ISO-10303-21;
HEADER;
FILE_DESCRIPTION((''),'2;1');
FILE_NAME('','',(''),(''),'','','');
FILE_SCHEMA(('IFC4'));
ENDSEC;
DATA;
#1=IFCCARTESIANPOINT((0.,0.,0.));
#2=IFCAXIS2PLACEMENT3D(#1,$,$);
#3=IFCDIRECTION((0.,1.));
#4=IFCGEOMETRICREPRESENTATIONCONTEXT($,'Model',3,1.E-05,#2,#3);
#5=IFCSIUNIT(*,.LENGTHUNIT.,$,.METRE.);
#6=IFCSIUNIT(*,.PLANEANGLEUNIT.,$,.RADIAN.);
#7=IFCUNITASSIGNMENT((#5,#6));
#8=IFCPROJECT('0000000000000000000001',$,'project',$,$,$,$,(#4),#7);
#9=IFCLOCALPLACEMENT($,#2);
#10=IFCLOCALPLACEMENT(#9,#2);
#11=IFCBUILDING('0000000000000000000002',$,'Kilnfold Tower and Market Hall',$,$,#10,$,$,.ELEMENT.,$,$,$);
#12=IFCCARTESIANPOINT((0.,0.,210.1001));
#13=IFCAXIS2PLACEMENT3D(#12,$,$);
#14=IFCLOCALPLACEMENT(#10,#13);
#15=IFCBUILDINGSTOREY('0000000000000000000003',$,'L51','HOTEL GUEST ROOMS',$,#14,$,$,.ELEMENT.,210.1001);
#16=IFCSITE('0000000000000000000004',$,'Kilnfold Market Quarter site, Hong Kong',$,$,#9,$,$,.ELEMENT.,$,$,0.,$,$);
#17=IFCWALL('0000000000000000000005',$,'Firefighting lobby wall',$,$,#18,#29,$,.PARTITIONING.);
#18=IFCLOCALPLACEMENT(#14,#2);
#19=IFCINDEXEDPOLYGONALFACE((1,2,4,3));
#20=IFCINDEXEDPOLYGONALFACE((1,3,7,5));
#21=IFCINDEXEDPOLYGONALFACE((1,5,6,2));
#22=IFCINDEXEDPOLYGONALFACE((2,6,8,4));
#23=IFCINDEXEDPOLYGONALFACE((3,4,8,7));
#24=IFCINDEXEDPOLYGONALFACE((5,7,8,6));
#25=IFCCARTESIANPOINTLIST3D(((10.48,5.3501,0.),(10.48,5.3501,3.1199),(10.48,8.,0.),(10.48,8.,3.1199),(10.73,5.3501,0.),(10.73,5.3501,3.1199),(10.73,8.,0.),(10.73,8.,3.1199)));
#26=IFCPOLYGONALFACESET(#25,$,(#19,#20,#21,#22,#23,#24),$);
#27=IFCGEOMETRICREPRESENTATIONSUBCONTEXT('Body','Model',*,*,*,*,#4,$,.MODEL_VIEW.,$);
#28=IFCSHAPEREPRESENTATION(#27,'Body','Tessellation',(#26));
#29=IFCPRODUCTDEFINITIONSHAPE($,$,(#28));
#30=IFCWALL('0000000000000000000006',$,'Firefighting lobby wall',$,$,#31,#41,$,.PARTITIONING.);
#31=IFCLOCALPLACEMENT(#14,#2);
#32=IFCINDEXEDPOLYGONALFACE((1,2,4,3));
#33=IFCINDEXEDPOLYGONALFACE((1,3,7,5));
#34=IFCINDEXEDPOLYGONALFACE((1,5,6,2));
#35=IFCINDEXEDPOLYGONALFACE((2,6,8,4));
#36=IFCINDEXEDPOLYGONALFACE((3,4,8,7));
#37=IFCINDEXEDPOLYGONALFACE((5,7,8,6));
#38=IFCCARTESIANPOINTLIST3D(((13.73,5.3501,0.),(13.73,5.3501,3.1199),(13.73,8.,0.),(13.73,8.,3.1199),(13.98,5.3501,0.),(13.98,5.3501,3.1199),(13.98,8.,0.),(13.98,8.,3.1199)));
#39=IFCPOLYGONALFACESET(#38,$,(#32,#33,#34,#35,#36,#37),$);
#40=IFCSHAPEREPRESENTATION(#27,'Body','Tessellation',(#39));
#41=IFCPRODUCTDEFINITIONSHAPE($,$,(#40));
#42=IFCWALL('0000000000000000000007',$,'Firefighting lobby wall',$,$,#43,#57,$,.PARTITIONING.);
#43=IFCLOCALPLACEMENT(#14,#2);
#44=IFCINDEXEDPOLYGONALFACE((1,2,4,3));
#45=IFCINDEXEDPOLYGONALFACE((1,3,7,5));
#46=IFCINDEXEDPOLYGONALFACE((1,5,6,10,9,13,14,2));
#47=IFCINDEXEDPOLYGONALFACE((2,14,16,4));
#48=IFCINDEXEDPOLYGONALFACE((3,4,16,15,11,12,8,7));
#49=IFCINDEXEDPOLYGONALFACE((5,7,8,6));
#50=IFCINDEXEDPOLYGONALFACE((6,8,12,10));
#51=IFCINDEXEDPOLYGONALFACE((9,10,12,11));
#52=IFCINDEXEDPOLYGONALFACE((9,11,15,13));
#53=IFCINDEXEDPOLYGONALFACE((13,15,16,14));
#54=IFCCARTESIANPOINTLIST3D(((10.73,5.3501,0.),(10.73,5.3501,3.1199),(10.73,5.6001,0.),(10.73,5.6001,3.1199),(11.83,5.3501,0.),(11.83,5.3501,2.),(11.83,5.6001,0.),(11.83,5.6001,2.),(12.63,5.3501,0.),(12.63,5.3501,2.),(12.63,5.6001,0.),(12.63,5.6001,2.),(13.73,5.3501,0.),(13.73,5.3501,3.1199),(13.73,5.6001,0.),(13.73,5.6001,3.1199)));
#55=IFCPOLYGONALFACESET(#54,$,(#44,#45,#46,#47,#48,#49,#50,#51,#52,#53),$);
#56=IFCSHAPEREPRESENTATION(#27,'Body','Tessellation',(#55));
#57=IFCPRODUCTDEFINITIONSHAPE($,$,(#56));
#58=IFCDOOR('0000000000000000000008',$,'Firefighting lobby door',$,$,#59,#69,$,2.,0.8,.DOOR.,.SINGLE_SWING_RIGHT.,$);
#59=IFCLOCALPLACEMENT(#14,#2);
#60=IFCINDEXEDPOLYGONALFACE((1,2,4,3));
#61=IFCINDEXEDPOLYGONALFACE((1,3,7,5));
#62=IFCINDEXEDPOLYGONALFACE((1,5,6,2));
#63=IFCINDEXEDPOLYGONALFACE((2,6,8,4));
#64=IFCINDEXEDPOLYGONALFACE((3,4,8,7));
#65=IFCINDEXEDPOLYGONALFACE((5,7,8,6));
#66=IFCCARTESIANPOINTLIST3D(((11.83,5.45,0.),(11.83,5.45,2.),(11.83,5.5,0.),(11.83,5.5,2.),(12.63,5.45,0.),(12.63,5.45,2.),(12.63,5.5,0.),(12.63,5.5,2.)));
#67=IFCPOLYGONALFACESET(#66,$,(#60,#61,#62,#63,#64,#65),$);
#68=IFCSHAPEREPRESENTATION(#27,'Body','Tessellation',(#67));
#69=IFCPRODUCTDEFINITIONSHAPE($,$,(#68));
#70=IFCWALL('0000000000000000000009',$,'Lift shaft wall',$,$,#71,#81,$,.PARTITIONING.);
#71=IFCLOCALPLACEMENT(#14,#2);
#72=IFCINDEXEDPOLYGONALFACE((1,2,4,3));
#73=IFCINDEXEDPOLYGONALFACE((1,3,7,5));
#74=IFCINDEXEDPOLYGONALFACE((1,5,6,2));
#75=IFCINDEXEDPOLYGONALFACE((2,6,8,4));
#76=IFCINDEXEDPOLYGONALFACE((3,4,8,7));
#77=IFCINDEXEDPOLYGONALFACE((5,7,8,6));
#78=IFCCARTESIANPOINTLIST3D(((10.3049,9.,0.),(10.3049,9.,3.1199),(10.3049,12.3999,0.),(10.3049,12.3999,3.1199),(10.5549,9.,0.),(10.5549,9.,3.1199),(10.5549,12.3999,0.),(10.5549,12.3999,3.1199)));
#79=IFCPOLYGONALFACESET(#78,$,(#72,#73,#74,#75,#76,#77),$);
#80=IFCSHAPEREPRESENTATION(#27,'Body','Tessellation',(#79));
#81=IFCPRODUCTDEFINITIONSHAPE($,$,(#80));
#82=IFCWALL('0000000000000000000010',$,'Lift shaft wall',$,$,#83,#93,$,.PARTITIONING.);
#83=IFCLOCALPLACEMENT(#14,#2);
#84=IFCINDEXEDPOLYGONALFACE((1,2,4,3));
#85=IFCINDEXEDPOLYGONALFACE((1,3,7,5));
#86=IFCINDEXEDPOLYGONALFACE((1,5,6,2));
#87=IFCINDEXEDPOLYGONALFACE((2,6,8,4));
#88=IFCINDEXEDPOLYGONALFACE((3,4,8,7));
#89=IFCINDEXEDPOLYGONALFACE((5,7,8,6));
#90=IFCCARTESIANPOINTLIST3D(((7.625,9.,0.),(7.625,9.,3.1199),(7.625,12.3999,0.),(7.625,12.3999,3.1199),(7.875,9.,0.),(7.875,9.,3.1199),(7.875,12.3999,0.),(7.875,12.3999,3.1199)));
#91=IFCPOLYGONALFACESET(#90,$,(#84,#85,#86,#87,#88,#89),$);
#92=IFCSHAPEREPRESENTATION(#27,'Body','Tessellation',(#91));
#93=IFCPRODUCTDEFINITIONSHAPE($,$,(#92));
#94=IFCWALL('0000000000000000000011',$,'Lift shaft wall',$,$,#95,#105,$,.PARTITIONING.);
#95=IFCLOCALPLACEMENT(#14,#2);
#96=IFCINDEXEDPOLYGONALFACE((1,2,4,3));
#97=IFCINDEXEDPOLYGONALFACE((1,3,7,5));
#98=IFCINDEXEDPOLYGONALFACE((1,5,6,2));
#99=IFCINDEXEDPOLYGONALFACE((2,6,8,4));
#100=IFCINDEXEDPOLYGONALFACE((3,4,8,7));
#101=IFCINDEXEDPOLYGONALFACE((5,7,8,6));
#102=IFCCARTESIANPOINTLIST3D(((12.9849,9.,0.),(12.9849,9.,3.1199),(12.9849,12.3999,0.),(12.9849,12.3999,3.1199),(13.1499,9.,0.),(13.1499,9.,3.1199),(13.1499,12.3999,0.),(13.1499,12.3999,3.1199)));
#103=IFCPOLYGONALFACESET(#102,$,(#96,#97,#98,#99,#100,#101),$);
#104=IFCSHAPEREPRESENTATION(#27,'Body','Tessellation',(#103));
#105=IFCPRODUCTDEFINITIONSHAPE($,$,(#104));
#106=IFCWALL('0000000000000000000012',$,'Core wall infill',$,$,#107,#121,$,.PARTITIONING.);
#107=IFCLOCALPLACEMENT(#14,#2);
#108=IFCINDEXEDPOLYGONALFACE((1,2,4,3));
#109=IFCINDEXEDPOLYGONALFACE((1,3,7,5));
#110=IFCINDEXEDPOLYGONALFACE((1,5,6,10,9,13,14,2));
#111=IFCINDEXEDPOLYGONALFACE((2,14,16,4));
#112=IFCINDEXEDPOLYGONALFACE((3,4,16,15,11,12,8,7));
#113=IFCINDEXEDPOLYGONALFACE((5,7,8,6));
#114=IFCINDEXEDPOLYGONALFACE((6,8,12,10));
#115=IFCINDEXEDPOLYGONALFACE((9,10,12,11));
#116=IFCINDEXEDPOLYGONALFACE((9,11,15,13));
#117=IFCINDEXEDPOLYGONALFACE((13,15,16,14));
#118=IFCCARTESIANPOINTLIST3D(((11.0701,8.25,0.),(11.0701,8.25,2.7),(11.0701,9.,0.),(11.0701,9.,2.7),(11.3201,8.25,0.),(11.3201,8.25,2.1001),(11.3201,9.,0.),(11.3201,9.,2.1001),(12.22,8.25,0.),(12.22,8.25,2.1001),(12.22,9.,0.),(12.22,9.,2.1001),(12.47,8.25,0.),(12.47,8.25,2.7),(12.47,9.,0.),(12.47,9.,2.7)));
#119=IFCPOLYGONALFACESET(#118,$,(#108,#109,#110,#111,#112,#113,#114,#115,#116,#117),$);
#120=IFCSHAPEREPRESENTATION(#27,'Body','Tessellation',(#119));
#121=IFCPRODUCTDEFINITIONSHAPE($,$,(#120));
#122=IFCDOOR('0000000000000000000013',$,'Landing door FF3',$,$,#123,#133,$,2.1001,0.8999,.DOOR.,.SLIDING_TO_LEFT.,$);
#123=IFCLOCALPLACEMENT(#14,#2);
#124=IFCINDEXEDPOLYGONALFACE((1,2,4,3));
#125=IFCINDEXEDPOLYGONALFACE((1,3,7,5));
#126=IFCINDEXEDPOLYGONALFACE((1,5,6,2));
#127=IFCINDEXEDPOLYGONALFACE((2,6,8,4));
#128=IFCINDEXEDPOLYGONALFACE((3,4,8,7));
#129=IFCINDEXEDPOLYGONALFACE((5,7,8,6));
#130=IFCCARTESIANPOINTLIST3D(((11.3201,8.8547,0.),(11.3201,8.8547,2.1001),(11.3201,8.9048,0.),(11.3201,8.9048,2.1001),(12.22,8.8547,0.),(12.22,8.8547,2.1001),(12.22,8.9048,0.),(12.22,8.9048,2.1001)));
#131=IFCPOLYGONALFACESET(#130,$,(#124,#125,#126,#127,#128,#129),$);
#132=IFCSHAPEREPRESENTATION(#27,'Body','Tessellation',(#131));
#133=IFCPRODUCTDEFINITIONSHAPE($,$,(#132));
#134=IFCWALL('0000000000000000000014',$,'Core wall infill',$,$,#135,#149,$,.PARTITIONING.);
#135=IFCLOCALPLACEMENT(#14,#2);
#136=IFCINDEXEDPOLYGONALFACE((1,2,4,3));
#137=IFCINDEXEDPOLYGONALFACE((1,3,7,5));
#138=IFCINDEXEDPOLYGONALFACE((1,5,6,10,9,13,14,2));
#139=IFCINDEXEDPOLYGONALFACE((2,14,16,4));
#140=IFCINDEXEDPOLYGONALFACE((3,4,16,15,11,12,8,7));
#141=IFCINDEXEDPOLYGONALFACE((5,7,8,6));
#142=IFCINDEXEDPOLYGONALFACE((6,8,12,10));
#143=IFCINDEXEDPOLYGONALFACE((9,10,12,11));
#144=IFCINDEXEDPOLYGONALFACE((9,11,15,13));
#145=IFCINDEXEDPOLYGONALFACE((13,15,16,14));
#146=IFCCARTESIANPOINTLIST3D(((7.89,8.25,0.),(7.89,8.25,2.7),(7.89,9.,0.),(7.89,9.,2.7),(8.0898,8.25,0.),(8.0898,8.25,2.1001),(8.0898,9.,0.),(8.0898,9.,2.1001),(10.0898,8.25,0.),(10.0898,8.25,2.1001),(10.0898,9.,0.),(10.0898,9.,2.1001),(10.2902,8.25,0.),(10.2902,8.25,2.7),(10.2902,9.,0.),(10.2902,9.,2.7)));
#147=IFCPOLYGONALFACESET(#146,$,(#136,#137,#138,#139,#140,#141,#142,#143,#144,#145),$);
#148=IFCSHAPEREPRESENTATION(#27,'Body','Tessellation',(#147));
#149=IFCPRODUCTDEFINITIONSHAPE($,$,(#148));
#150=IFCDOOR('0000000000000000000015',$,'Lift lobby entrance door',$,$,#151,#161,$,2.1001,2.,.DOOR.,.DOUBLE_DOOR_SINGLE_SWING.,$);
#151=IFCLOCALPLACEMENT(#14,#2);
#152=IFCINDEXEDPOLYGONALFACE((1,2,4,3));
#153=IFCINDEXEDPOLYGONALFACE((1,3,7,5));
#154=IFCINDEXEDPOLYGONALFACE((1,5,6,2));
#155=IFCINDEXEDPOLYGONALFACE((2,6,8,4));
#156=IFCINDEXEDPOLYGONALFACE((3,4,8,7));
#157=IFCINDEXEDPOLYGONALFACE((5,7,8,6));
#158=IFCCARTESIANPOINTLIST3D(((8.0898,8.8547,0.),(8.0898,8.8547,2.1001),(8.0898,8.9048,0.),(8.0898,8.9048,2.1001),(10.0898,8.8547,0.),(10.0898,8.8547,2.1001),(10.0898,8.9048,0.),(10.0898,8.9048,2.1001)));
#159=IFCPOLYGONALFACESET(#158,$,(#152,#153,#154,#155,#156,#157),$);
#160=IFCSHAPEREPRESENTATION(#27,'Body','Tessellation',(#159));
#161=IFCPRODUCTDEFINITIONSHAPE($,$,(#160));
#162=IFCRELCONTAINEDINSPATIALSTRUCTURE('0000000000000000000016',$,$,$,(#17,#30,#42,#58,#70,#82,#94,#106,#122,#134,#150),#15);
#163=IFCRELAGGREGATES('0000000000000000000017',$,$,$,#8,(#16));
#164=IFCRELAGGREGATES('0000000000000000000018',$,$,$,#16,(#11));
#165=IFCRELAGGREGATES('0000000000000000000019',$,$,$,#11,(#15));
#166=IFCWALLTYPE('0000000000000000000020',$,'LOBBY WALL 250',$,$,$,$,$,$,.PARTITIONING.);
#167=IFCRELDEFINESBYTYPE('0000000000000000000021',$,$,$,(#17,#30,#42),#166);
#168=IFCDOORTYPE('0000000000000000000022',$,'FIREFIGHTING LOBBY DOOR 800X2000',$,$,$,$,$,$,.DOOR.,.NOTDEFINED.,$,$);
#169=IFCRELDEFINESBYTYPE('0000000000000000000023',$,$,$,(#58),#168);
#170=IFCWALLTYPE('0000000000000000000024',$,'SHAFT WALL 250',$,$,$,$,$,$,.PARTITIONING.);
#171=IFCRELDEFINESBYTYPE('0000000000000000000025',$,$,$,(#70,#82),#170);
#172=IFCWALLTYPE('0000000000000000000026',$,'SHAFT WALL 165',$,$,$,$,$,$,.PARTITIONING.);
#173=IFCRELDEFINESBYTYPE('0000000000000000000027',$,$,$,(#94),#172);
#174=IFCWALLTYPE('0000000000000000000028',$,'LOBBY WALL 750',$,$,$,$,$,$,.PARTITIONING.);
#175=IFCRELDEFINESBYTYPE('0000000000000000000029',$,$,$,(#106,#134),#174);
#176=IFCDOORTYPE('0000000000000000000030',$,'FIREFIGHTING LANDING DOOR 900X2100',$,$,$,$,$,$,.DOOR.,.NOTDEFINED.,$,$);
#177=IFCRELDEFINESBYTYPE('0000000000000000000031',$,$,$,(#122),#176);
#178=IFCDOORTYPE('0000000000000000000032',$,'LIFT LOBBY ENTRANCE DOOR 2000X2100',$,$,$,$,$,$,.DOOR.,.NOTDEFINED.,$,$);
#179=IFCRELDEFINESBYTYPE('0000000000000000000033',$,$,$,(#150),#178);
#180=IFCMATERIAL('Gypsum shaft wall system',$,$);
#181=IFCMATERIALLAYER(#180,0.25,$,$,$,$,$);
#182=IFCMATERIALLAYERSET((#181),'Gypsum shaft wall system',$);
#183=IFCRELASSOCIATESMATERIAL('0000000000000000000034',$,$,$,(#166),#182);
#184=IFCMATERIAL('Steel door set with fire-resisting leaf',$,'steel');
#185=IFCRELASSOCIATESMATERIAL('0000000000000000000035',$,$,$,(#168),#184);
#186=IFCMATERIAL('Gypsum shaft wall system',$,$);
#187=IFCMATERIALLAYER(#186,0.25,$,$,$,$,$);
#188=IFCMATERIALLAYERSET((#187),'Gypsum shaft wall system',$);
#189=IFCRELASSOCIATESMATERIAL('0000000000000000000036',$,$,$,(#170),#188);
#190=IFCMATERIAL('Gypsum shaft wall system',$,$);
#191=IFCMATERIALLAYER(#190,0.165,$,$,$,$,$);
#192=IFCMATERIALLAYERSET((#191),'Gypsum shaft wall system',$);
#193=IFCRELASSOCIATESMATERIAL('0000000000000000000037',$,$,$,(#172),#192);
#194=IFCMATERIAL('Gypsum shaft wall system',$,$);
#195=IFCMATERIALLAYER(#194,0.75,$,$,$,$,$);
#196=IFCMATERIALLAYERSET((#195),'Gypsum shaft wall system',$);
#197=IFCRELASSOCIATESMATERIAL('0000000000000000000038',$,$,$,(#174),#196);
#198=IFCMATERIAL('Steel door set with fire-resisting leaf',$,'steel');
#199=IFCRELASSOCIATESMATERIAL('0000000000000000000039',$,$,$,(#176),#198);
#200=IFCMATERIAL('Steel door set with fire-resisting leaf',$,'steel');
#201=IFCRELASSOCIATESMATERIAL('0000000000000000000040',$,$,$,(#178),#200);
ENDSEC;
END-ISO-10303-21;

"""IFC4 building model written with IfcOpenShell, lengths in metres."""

from ifc_helpers import new_model, si_unit, direction, frame, frame_2d, origin, place, context, subcontext, project, spatial, rectangle, extrude, source, transform, mapped, material, layer, layer_set, type_object, element, fill, save


model = new_model("IFC4")

# Units and contexts
model_context = context("Model", 3, precision=1e-05, world=origin(), true_north=direction((0.0, 1.0)))
body_context = subcontext(model_context, "Body", "Model", "MODEL_VIEW")
ifc_project = project(units=[si_unit("LENGTHUNIT", "METRE"), si_unit("PLANEANGLEUNIT", "RADIAN")], contexts=[model_context])

# Site, building, storey
site_placement = place(None, origin())
site = spatial("IfcSite", under=ifc_project, at=site_placement, Name="Kilnfold Market Quarter site, Hong Kong", CompositionType="ELEMENT", RefElevation=0.0)
building_placement = place(site_placement, origin())
building = spatial("IfcBuilding", under=site, at=building_placement, Name="Kilnfold Tower and Market Hall", CompositionType="ELEMENT")
storey_placement = place(building_placement, frame((0.0, 0.0, 210.1001)))
storey = spatial("IfcBuildingStorey", under=building, at=storey_placement, Name="L51", Description="HOTEL GUEST ROOMS", CompositionType="ELEMENT", Elevation=210.1001)

# Walls
ifc_material_1 = material(Name="Gypsum shaft wall system")
ifc_layer_1 = layer(ifc_material_1, 0.25)
ifc_layer_set_1 = layer_set([ifc_layer_1], Name="Gypsum shaft wall system")
wall_type_1 = type_object("IfcWallType", Name="LOBBY WALL 250", PredefinedType="PARTITIONING", material=ifc_layer_set_1)
shared_shape_1 = source(origin(), body_context, "Body", "SweptSolid", [
    extrude(rectangle(XDim=2.6499, YDim=0.25, at=frame_2d((1.325, 0.0))), origin(), (0.0, 0.0, 1.0), 3.1199),
])
for number, where, z_axis, x_axis, name in (
    (1, (10.605, 5.3501, 0.0), (0.0, 0.0, 1.0), (0.0, 1.0, 0.0), "Firefighting lobby wall"),
    (2, (13.855, 5.3501, 0.0), (0.0, 0.0, 1.0), (0.0, 1.0, 0.0), "Firefighting lobby wall"),
):
    element("IfcWall", number, at=place(storey_placement, frame(where, z_axis=z_axis, x_axis=x_axis)), inside=storey, type_object=wall_type_1, Name=name, PredefinedType="PARTITIONING", context=body_context, shape_type="MappedRepresentation", body=[
        mapped(shared_shape_1, transform((0.0, 0.0, 0.0))),
    ])

# Wall, opening, door
shared_shape_2 = source(origin(), body_context, "Body", "SweptSolid", [
    extrude(rectangle(XDim=3.0, YDim=0.25, at=frame_2d((1.5, 0.0))), origin(), (0.0, 0.0, 1.0), 3.1199),
])
wall_1_placement = place(storey_placement, frame((10.73, 5.4751, 0.0), z_axis=(0.0, 0.0, 1.0), x_axis=(1.0, 0.0, 0.0)))
wall_1 = element("IfcWall", 3, at=wall_1_placement, inside=storey, type_object=wall_type_1, Name="Firefighting lobby wall", PredefinedType="PARTITIONING", context=body_context, shape_type="MappedRepresentation", body=[
    mapped(shared_shape_2, transform((0.0, 0.0, 0.0))),
])
opening_1_placement = place(wall_1_placement, frame((1.1001, 0.0, 0.0)))
opening_1 = element("IfcOpeningElement", 4, at=opening_1_placement, cuts=wall_1, PredefinedType="OPENING", context=body_context, shape_type="SweptSolid", body=[
    extrude(rectangle(XDim=0.8, YDim=2.0, at=frame_2d((0.3999, 1.0))), frame((0.0, 0.135, 0.0), z_axis=(0.0, -1.0, 0.0), x_axis=(1.0, 0.0, 0.0)), (0.0, 0.0, 1.0), 0.27),
])
ifc_material_2 = material(Name="Steel door set with fire-resisting leaf", Category="steel")
door_type_1 = type_object("IfcDoorType", Name="FIREFIGHTING LOBBY DOOR 800X2000", OperationType="NOTDEFINED", PredefinedType="DOOR", material=ifc_material_2)
door_1_placement = place(opening_1_placement, origin())
door_1 = element("IfcDoor", 5, at=door_1_placement, inside=storey, type_object=door_type_1, Name="Firefighting lobby door", OperationType="SINGLE_SWING_RIGHT", OverallHeight=2.0, OverallWidth=0.8, PredefinedType="DOOR", context=body_context, shape_type="SweptSolid", body=[
    extrude(rectangle(XDim=0.8, YDim=2.0, at=frame_2d((0.3999, 1.0))), frame((0.0, 0.0249, 0.0), z_axis=(0.0, -1.0, 0.0), x_axis=(1.0, 0.0, 0.0)), (0.0, 0.0, 1.0), 0.05),
])
fill(opening_1, door_1)

# Walls
ifc_material_3 = material(Name="Gypsum shaft wall system")
ifc_layer_2 = layer(ifc_material_3, 0.25)
ifc_layer_set_2 = layer_set([ifc_layer_2], Name="Gypsum shaft wall system")
wall_type_2 = type_object("IfcWallType", Name="SHAFT WALL 250", PredefinedType="PARTITIONING", material=ifc_layer_set_2)
shared_shape_3 = source(origin(), body_context, "Body", "SweptSolid", [
    extrude(rectangle(XDim=3.3999, YDim=0.25, at=frame_2d((1.7, 0.0))), origin(), (0.0, 0.0, 1.0), 3.1199),
])
for number, where, z_axis, x_axis, name in (
    (6, (10.4299, 9.0, 0.0), (0.0, 0.0, 1.0), (0.0, 1.0, 0.0), "Lift shaft wall"),
    (7, (7.75, 9.0, 0.0), (0.0, 0.0, 1.0), (0.0, 1.0, 0.0), "Lift shaft wall"),
):
    element("IfcWall", number, at=place(storey_placement, frame(where, z_axis=z_axis, x_axis=x_axis)), inside=storey, type_object=wall_type_2, Name=name, PredefinedType="PARTITIONING", context=body_context, shape_type="MappedRepresentation", body=[
        mapped(shared_shape_3, transform((0.0, 0.0, 0.0))),
    ])
ifc_material_4 = material(Name="Gypsum shaft wall system")
ifc_layer_3 = layer(ifc_material_4, 0.165)
ifc_layer_set_3 = layer_set([ifc_layer_3], Name="Gypsum shaft wall system")
wall_type_3 = type_object("IfcWallType", Name="SHAFT WALL 165", PredefinedType="PARTITIONING", material=ifc_layer_set_3)
shared_shape_4 = source(origin(), body_context, "Body", "SweptSolid", [
    extrude(rectangle(XDim=3.3999, YDim=0.165, at=frame_2d((1.7, 0.0))), origin(), (0.0, 0.0, 1.0), 3.1199),
])
wall_2_placement = place(storey_placement, frame((13.0674, 9.0, 0.0), z_axis=(0.0, 0.0, 1.0), x_axis=(0.0, 1.0, 0.0)))
element("IfcWall", 8, at=wall_2_placement, inside=storey, type_object=wall_type_3, Name="Lift shaft wall", PredefinedType="PARTITIONING", context=body_context, shape_type="MappedRepresentation", body=[
    mapped(shared_shape_4, transform((0.0, 0.0, 0.0))),
])

# Walls, openings, doors
ifc_material_5 = material(Name="Gypsum shaft wall system")
ifc_layer_4 = layer(ifc_material_5, 0.75)
ifc_layer_set_4 = layer_set([ifc_layer_4], Name="Gypsum shaft wall system")
wall_type_4 = type_object("IfcWallType", Name="LOBBY WALL 750", PredefinedType="PARTITIONING", material=ifc_layer_set_4)
shared_shape_5 = source(origin(), body_context, "Body", "SweptSolid", [
    extrude(rectangle(XDim=1.3999, YDim=0.75, at=frame_2d((0.7, 0.0))), origin(), (0.0, 0.0, 1.0), 2.7),
])
wall_3_placement = place(storey_placement, frame((11.0701, 8.625, 0.0), z_axis=(0.0, 0.0, 1.0), x_axis=(1.0, 0.0, 0.0)))
wall_3 = element("IfcWall", 9, at=wall_3_placement, inside=storey, type_object=wall_type_4, Name="Core wall infill", PredefinedType="PARTITIONING", context=body_context, shape_type="MappedRepresentation", body=[
    mapped(shared_shape_5, transform((0.0, 0.0, 0.0))),
])
opening_2_placement = place(wall_3_placement, frame((0.25, 0.0, 0.0)))
opening_2 = element("IfcOpeningElement", 10, at=opening_2_placement, cuts=wall_3, PredefinedType="OPENING", context=body_context, shape_type="SweptSolid", body=[
    extrude(rectangle(XDim=0.8999, YDim=2.1001, at=frame_2d((0.45, 1.05))), frame((0.0, 0.385, 0.0), z_axis=(0.0, -1.0, 0.0), x_axis=(1.0, 0.0, 0.0)), (0.0, 0.0, 1.0), 0.77),
])
ifc_material_6 = material(Name="Steel door set with fire-resisting leaf", Category="steel")
door_type_2 = type_object("IfcDoorType", Name="FIREFIGHTING LANDING DOOR 900X2100", OperationType="NOTDEFINED", PredefinedType="DOOR", material=ifc_material_6)
door_2_placement = place(opening_2_placement, origin())
door_2 = element("IfcDoor", 11, at=door_2_placement, inside=storey, type_object=door_type_2, Name="Landing door FF3", OperationType="SLIDING_TO_LEFT", OverallHeight=2.1001, OverallWidth=0.8999, PredefinedType="DOOR", context=body_context, shape_type="SweptSolid", body=[
    extrude(rectangle(XDim=0.8999, YDim=2.1001, at=frame_2d((0.45, 1.05))), frame((0.0, 0.2798, 0.0), z_axis=(0.0, -1.0, 0.0), x_axis=(1.0, 0.0, 0.0)), (0.0, 0.0, 1.0), 0.05),
])
fill(opening_2, door_2)
shared_shape_6 = source(origin(), body_context, "Body", "SweptSolid", [
    extrude(rectangle(XDim=2.4001, YDim=0.75, at=frame_2d((1.2002, 0.0))), origin(), (0.0, 0.0, 1.0), 2.7),
])
wall_4_placement = place(storey_placement, frame((7.8899, 8.625, 0.0), z_axis=(0.0, 0.0, 1.0), x_axis=(1.0, 0.0, 0.0)))
wall_4 = element("IfcWall", 12, at=wall_4_placement, inside=storey, type_object=wall_type_4, Name="Core wall infill", PredefinedType="PARTITIONING", context=body_context, shape_type="MappedRepresentation", body=[
    mapped(shared_shape_6, transform((0.0, 0.0, 0.0))),
])
opening_3_placement = place(wall_4_placement, frame((0.2, 0.0, 0.0)))
opening_3 = element("IfcOpeningElement", 13, at=opening_3_placement, cuts=wall_4, PredefinedType="OPENING", context=body_context, shape_type="SweptSolid", body=[
    extrude(rectangle(XDim=2.0, YDim=2.1001, at=frame_2d((1.0, 1.05))), frame((0.0, 0.385, 0.0), z_axis=(0.0, -1.0, 0.0), x_axis=(1.0, 0.0, 0.0)), (0.0, 0.0, 1.0), 0.77),
])
ifc_material_7 = material(Name="Steel door set with fire-resisting leaf", Category="steel")
door_type_3 = type_object("IfcDoorType", Name="LIFT LOBBY ENTRANCE DOOR 2000X2100", OperationType="NOTDEFINED", PredefinedType="DOOR", material=ifc_material_7)
door_3_placement = place(opening_3_placement, origin())
door_3 = element("IfcDoor", 14, at=door_3_placement, inside=storey, type_object=door_type_3, Name="Lift lobby entrance door", OperationType="DOUBLE_DOOR_SINGLE_SWING", OverallHeight=2.1001, OverallWidth=2.0, PredefinedType="DOOR", context=body_context, shape_type="SweptSolid", body=[
    extrude(rectangle(XDim=2.0, YDim=2.1001, at=frame_2d((1.0, 1.05))), frame((0.0, 0.2798, 0.0), z_axis=(0.0, -1.0, 0.0), x_axis=(1.0, 0.0, 0.0)), (0.0, 0.0, 1.0), 0.05),
])
fill(opening_3, door_3)

save(model, "model.ifc")
